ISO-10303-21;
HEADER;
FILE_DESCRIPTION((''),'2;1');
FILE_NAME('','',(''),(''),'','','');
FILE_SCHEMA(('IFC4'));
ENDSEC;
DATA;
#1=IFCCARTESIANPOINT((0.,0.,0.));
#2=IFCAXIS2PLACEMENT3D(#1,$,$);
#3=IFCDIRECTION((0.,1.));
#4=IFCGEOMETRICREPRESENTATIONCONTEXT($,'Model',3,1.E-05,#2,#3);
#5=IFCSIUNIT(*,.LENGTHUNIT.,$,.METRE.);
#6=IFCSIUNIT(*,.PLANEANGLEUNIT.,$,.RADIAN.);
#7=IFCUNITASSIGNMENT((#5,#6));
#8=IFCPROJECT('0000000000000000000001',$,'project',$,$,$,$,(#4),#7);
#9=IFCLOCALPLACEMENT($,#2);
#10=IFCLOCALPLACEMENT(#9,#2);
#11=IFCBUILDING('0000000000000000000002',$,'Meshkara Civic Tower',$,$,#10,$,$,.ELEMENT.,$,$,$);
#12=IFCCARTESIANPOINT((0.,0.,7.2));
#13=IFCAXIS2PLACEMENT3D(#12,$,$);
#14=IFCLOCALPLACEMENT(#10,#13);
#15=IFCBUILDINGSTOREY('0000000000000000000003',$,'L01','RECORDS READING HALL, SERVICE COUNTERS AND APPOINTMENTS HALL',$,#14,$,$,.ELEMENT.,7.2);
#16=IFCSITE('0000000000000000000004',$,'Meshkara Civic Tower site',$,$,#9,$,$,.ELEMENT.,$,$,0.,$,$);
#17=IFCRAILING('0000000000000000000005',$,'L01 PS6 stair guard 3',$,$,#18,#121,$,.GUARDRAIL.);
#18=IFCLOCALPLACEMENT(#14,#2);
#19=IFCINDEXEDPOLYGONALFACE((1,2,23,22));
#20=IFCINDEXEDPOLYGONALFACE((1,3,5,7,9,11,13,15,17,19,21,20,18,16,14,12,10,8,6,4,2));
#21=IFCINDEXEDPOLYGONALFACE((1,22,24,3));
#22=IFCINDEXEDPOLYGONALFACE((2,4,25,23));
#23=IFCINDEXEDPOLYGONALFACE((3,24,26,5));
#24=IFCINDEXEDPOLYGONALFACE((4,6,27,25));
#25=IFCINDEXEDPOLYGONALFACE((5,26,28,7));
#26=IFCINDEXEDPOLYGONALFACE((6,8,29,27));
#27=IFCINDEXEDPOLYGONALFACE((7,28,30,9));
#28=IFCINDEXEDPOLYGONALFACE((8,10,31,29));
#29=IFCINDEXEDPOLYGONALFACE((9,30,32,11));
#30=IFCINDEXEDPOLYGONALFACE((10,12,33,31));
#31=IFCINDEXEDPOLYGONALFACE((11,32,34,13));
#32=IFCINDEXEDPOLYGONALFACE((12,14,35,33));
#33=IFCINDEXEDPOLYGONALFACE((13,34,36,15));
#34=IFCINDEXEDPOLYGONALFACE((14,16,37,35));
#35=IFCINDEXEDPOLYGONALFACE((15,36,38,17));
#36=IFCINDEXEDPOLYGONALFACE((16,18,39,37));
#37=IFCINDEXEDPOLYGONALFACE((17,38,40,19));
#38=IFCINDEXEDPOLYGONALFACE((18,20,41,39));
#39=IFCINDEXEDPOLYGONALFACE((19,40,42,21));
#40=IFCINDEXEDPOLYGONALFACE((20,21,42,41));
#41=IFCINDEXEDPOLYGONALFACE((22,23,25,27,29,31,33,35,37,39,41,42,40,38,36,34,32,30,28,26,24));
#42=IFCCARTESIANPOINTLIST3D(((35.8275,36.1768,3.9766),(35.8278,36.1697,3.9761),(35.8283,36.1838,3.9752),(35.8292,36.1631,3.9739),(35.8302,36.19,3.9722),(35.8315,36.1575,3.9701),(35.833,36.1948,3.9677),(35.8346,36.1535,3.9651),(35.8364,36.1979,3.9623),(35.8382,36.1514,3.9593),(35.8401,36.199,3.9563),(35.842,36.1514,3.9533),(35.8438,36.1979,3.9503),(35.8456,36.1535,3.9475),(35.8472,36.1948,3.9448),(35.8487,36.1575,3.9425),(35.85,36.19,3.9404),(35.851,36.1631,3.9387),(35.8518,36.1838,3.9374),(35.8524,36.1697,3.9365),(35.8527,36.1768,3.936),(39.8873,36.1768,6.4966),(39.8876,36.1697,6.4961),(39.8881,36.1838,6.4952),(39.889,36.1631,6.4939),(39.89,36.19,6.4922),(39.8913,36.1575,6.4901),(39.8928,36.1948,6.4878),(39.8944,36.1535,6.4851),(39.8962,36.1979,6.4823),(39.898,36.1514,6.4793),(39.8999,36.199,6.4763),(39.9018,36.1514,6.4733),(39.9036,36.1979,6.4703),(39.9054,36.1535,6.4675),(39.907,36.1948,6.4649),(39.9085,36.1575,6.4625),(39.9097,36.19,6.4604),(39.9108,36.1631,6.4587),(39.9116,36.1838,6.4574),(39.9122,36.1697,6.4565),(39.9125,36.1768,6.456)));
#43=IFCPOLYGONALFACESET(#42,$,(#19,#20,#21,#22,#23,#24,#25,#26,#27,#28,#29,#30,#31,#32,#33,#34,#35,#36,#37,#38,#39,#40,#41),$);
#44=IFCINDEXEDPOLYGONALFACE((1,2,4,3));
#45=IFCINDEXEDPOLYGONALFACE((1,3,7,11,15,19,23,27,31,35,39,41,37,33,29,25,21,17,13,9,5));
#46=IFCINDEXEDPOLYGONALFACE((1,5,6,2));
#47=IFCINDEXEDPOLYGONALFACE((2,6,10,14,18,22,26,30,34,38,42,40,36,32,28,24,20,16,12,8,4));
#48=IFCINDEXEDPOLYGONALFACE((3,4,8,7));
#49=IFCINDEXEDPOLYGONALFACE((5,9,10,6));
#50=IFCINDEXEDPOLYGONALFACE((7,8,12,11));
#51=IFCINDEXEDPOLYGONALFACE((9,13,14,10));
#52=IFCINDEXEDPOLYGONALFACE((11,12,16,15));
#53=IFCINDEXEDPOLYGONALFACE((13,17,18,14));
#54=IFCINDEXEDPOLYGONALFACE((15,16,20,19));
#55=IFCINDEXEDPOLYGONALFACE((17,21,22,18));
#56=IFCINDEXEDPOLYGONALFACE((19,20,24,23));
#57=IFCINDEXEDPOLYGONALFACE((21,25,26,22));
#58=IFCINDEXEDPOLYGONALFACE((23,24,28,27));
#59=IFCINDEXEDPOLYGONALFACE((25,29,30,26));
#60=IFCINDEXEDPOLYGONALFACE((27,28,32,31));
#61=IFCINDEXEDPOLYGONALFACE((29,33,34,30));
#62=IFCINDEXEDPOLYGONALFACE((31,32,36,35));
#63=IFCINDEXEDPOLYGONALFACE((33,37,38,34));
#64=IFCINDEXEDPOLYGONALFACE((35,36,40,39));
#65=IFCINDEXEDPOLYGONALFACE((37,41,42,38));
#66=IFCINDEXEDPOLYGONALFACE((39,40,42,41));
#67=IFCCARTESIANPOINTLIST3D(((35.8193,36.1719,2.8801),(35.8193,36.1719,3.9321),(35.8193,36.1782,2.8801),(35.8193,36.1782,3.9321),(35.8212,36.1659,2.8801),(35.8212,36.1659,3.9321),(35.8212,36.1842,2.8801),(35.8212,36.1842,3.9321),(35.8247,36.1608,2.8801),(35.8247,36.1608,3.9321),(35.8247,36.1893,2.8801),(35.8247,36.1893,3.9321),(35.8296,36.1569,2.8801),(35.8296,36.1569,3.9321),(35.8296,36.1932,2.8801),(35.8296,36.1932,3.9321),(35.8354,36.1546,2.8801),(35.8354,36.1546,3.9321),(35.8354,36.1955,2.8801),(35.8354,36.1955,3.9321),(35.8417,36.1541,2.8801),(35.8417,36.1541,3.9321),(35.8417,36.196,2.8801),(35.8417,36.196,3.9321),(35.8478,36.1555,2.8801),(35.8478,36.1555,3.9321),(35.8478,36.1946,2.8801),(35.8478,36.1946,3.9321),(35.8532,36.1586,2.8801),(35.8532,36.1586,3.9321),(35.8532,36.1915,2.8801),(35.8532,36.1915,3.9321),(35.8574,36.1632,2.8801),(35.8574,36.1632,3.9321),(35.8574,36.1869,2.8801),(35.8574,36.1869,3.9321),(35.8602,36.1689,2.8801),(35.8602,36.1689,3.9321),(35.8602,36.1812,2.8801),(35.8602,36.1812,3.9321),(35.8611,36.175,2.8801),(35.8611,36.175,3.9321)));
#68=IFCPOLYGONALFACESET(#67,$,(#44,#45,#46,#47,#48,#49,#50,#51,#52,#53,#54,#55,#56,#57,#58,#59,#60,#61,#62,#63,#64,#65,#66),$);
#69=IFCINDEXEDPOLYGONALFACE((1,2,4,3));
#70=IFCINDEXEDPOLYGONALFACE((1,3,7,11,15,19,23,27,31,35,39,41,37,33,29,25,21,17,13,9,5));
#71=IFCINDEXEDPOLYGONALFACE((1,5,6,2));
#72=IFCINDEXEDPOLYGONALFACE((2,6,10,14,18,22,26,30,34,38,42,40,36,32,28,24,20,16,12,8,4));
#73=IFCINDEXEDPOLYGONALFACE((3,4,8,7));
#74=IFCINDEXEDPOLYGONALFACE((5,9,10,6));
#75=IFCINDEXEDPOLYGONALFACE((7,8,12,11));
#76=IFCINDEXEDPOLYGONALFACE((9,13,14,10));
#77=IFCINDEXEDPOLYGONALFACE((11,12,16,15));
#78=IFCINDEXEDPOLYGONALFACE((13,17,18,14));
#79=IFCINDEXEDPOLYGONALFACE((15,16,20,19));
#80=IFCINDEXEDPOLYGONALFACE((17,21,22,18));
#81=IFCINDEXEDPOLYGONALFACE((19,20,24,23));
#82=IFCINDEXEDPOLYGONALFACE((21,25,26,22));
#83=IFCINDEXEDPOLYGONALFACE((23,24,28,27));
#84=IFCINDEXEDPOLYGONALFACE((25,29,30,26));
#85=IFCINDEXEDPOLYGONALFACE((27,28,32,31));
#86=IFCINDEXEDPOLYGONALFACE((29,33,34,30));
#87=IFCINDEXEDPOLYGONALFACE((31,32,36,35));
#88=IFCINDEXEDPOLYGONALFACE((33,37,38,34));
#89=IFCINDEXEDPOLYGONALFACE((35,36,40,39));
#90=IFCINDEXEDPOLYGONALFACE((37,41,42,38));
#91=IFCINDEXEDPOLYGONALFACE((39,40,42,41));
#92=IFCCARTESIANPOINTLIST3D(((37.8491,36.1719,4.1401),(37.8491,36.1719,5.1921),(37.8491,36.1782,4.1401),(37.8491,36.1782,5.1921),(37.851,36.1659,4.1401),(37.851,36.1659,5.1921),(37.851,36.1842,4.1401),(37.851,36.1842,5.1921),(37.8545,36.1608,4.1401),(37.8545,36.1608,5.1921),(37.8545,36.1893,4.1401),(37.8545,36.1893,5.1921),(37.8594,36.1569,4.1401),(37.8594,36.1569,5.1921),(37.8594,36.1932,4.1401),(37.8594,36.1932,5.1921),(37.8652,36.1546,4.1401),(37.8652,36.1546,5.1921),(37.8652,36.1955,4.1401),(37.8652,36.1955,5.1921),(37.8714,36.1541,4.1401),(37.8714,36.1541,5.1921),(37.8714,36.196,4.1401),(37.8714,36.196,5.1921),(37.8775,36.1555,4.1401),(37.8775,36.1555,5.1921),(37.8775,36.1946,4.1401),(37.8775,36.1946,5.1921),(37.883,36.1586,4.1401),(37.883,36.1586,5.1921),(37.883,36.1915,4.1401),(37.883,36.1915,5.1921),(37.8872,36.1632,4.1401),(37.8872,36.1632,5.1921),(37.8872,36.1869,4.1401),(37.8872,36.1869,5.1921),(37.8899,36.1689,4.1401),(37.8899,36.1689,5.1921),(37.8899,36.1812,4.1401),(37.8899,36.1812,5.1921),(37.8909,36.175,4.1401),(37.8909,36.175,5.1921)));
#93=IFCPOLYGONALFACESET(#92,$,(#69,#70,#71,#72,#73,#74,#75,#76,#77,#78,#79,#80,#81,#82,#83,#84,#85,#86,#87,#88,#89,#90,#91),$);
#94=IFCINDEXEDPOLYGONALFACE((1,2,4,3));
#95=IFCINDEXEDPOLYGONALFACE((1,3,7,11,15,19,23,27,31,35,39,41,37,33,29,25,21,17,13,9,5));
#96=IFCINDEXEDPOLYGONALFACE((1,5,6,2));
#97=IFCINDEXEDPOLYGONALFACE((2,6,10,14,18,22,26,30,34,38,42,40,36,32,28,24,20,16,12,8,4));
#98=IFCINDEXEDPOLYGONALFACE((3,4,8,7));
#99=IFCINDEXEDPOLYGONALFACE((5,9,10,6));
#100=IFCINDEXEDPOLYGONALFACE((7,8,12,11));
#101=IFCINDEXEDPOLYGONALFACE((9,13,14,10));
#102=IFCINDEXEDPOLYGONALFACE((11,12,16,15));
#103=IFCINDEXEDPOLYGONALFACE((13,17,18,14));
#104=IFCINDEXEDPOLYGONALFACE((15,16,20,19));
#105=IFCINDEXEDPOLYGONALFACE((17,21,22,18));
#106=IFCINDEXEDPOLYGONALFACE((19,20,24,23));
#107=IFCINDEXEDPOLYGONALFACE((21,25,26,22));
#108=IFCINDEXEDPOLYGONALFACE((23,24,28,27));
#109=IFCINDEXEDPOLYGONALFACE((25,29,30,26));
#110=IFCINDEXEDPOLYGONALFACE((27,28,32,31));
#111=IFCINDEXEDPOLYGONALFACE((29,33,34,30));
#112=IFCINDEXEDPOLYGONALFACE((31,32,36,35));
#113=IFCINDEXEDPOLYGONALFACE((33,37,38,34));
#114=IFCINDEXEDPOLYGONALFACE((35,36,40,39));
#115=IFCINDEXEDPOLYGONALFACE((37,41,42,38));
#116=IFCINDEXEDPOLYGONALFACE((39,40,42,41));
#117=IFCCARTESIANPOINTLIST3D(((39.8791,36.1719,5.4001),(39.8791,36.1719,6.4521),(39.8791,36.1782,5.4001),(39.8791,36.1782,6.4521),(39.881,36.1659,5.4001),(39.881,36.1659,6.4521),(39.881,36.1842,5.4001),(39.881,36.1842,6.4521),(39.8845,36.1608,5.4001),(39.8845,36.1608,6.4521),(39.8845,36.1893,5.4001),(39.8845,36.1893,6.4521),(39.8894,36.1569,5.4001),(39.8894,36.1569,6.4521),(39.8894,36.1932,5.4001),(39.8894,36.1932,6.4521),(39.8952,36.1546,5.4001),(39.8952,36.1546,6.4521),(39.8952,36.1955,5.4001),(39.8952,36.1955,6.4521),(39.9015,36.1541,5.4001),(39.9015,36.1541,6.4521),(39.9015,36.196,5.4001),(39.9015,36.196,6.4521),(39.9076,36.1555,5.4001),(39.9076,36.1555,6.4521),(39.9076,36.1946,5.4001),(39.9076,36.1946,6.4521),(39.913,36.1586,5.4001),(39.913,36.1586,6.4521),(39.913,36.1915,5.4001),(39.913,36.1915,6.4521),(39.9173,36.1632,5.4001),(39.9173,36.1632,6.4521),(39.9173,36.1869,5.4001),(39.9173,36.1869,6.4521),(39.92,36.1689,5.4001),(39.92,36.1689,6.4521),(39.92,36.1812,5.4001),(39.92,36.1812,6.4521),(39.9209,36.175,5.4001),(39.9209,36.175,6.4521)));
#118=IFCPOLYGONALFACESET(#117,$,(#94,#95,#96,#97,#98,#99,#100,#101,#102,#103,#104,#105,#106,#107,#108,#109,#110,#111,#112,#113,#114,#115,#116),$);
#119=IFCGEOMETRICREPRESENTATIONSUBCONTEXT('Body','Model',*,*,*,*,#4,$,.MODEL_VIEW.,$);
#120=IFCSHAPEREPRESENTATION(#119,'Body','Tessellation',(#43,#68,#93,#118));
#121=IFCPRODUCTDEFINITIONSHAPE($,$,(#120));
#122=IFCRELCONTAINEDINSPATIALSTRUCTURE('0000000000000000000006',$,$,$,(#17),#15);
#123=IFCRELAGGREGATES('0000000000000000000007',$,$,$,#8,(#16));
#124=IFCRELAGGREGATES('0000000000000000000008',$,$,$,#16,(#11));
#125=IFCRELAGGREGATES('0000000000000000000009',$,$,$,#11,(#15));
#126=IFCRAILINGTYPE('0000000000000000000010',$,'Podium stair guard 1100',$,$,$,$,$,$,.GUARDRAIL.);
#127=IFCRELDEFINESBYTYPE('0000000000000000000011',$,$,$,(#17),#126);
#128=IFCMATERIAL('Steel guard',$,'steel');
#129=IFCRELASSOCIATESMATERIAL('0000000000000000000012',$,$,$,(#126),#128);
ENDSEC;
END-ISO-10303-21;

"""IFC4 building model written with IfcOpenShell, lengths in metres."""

from ifc_helpers import new_model, si_unit, direction, frame, origin, origin_2d, place, context, subcontext, project, spatial, circle, extrude, material, type_object, element, save


model = new_model("IFC4")

# Units and contexts
model_context = context("Model", 3, precision=1e-05, world=origin(), true_north=direction((0.0, 1.0)))
body_context = subcontext(model_context, "Body", "Model", "MODEL_VIEW")
ifc_project = project(units=[si_unit("LENGTHUNIT", "METRE"), si_unit("PLANEANGLEUNIT", "RADIAN")], contexts=[model_context])

# Site, building, storey
site_placement = place(None, origin())
site = spatial("IfcSite", under=ifc_project, at=site_placement, Name="Meshkara Civic Tower site", CompositionType="ELEMENT", RefElevation=0.0)
building_placement = place(site_placement, origin())
building = spatial("IfcBuilding", under=site, at=building_placement, Name="Meshkara Civic Tower", CompositionType="ELEMENT")
storey_placement = place(building_placement, frame((0.0, 0.0, 7.2)))
storey = spatial("IfcBuildingStorey", under=building, at=storey_placement, Name="L01", Description="RECORDS READING HALL, SERVICE COUNTERS AND APPOINTMENTS HALL", CompositionType="ELEMENT", Elevation=7.2)

# Railing
ifc_material_1 = material(Name="Steel guard", Category="steel")
railing_type = type_object("IfcRailingType", Name="Podium stair guard 1100", PredefinedType="GUARDRAIL", material=ifc_material_1)
railing_1_placement = place(storey_placement, frame((35.8401, 36.175, 2.8801)))
element("IfcRailing", 1, at=railing_1_placement, inside=storey, type_object=railing_type, Name="L01 PS6 stair guard 3", PredefinedType="GUARDRAIL", context=body_context, shape_type="SweptSolid", body=[
    extrude(circle(Radius=0.0239, at=origin_2d()), frame((0.0, 0.0, 1.0762), z_axis=(0.849628, 0.0, 0.527383), x_axis=(0.0, 1.0, 0.0)), (0.0, 0.0, 1.0), 4.7783),
    extrude(circle(Radius=0.021, at=origin_2d()), origin(), (0.0, 0.0, 1.0), 1.052),
    extrude(circle(Radius=0.021, at=origin_2d()), frame((2.0298, 0.0, 1.26)), (0.0, 0.0, 1.0), 1.052),
    extrude(circle(Radius=0.021, at=origin_2d()), frame((4.0598, 0.0, 2.52)), (0.0, 0.0, 1.0), 1.052),
])

save(model, "model.ifc")
